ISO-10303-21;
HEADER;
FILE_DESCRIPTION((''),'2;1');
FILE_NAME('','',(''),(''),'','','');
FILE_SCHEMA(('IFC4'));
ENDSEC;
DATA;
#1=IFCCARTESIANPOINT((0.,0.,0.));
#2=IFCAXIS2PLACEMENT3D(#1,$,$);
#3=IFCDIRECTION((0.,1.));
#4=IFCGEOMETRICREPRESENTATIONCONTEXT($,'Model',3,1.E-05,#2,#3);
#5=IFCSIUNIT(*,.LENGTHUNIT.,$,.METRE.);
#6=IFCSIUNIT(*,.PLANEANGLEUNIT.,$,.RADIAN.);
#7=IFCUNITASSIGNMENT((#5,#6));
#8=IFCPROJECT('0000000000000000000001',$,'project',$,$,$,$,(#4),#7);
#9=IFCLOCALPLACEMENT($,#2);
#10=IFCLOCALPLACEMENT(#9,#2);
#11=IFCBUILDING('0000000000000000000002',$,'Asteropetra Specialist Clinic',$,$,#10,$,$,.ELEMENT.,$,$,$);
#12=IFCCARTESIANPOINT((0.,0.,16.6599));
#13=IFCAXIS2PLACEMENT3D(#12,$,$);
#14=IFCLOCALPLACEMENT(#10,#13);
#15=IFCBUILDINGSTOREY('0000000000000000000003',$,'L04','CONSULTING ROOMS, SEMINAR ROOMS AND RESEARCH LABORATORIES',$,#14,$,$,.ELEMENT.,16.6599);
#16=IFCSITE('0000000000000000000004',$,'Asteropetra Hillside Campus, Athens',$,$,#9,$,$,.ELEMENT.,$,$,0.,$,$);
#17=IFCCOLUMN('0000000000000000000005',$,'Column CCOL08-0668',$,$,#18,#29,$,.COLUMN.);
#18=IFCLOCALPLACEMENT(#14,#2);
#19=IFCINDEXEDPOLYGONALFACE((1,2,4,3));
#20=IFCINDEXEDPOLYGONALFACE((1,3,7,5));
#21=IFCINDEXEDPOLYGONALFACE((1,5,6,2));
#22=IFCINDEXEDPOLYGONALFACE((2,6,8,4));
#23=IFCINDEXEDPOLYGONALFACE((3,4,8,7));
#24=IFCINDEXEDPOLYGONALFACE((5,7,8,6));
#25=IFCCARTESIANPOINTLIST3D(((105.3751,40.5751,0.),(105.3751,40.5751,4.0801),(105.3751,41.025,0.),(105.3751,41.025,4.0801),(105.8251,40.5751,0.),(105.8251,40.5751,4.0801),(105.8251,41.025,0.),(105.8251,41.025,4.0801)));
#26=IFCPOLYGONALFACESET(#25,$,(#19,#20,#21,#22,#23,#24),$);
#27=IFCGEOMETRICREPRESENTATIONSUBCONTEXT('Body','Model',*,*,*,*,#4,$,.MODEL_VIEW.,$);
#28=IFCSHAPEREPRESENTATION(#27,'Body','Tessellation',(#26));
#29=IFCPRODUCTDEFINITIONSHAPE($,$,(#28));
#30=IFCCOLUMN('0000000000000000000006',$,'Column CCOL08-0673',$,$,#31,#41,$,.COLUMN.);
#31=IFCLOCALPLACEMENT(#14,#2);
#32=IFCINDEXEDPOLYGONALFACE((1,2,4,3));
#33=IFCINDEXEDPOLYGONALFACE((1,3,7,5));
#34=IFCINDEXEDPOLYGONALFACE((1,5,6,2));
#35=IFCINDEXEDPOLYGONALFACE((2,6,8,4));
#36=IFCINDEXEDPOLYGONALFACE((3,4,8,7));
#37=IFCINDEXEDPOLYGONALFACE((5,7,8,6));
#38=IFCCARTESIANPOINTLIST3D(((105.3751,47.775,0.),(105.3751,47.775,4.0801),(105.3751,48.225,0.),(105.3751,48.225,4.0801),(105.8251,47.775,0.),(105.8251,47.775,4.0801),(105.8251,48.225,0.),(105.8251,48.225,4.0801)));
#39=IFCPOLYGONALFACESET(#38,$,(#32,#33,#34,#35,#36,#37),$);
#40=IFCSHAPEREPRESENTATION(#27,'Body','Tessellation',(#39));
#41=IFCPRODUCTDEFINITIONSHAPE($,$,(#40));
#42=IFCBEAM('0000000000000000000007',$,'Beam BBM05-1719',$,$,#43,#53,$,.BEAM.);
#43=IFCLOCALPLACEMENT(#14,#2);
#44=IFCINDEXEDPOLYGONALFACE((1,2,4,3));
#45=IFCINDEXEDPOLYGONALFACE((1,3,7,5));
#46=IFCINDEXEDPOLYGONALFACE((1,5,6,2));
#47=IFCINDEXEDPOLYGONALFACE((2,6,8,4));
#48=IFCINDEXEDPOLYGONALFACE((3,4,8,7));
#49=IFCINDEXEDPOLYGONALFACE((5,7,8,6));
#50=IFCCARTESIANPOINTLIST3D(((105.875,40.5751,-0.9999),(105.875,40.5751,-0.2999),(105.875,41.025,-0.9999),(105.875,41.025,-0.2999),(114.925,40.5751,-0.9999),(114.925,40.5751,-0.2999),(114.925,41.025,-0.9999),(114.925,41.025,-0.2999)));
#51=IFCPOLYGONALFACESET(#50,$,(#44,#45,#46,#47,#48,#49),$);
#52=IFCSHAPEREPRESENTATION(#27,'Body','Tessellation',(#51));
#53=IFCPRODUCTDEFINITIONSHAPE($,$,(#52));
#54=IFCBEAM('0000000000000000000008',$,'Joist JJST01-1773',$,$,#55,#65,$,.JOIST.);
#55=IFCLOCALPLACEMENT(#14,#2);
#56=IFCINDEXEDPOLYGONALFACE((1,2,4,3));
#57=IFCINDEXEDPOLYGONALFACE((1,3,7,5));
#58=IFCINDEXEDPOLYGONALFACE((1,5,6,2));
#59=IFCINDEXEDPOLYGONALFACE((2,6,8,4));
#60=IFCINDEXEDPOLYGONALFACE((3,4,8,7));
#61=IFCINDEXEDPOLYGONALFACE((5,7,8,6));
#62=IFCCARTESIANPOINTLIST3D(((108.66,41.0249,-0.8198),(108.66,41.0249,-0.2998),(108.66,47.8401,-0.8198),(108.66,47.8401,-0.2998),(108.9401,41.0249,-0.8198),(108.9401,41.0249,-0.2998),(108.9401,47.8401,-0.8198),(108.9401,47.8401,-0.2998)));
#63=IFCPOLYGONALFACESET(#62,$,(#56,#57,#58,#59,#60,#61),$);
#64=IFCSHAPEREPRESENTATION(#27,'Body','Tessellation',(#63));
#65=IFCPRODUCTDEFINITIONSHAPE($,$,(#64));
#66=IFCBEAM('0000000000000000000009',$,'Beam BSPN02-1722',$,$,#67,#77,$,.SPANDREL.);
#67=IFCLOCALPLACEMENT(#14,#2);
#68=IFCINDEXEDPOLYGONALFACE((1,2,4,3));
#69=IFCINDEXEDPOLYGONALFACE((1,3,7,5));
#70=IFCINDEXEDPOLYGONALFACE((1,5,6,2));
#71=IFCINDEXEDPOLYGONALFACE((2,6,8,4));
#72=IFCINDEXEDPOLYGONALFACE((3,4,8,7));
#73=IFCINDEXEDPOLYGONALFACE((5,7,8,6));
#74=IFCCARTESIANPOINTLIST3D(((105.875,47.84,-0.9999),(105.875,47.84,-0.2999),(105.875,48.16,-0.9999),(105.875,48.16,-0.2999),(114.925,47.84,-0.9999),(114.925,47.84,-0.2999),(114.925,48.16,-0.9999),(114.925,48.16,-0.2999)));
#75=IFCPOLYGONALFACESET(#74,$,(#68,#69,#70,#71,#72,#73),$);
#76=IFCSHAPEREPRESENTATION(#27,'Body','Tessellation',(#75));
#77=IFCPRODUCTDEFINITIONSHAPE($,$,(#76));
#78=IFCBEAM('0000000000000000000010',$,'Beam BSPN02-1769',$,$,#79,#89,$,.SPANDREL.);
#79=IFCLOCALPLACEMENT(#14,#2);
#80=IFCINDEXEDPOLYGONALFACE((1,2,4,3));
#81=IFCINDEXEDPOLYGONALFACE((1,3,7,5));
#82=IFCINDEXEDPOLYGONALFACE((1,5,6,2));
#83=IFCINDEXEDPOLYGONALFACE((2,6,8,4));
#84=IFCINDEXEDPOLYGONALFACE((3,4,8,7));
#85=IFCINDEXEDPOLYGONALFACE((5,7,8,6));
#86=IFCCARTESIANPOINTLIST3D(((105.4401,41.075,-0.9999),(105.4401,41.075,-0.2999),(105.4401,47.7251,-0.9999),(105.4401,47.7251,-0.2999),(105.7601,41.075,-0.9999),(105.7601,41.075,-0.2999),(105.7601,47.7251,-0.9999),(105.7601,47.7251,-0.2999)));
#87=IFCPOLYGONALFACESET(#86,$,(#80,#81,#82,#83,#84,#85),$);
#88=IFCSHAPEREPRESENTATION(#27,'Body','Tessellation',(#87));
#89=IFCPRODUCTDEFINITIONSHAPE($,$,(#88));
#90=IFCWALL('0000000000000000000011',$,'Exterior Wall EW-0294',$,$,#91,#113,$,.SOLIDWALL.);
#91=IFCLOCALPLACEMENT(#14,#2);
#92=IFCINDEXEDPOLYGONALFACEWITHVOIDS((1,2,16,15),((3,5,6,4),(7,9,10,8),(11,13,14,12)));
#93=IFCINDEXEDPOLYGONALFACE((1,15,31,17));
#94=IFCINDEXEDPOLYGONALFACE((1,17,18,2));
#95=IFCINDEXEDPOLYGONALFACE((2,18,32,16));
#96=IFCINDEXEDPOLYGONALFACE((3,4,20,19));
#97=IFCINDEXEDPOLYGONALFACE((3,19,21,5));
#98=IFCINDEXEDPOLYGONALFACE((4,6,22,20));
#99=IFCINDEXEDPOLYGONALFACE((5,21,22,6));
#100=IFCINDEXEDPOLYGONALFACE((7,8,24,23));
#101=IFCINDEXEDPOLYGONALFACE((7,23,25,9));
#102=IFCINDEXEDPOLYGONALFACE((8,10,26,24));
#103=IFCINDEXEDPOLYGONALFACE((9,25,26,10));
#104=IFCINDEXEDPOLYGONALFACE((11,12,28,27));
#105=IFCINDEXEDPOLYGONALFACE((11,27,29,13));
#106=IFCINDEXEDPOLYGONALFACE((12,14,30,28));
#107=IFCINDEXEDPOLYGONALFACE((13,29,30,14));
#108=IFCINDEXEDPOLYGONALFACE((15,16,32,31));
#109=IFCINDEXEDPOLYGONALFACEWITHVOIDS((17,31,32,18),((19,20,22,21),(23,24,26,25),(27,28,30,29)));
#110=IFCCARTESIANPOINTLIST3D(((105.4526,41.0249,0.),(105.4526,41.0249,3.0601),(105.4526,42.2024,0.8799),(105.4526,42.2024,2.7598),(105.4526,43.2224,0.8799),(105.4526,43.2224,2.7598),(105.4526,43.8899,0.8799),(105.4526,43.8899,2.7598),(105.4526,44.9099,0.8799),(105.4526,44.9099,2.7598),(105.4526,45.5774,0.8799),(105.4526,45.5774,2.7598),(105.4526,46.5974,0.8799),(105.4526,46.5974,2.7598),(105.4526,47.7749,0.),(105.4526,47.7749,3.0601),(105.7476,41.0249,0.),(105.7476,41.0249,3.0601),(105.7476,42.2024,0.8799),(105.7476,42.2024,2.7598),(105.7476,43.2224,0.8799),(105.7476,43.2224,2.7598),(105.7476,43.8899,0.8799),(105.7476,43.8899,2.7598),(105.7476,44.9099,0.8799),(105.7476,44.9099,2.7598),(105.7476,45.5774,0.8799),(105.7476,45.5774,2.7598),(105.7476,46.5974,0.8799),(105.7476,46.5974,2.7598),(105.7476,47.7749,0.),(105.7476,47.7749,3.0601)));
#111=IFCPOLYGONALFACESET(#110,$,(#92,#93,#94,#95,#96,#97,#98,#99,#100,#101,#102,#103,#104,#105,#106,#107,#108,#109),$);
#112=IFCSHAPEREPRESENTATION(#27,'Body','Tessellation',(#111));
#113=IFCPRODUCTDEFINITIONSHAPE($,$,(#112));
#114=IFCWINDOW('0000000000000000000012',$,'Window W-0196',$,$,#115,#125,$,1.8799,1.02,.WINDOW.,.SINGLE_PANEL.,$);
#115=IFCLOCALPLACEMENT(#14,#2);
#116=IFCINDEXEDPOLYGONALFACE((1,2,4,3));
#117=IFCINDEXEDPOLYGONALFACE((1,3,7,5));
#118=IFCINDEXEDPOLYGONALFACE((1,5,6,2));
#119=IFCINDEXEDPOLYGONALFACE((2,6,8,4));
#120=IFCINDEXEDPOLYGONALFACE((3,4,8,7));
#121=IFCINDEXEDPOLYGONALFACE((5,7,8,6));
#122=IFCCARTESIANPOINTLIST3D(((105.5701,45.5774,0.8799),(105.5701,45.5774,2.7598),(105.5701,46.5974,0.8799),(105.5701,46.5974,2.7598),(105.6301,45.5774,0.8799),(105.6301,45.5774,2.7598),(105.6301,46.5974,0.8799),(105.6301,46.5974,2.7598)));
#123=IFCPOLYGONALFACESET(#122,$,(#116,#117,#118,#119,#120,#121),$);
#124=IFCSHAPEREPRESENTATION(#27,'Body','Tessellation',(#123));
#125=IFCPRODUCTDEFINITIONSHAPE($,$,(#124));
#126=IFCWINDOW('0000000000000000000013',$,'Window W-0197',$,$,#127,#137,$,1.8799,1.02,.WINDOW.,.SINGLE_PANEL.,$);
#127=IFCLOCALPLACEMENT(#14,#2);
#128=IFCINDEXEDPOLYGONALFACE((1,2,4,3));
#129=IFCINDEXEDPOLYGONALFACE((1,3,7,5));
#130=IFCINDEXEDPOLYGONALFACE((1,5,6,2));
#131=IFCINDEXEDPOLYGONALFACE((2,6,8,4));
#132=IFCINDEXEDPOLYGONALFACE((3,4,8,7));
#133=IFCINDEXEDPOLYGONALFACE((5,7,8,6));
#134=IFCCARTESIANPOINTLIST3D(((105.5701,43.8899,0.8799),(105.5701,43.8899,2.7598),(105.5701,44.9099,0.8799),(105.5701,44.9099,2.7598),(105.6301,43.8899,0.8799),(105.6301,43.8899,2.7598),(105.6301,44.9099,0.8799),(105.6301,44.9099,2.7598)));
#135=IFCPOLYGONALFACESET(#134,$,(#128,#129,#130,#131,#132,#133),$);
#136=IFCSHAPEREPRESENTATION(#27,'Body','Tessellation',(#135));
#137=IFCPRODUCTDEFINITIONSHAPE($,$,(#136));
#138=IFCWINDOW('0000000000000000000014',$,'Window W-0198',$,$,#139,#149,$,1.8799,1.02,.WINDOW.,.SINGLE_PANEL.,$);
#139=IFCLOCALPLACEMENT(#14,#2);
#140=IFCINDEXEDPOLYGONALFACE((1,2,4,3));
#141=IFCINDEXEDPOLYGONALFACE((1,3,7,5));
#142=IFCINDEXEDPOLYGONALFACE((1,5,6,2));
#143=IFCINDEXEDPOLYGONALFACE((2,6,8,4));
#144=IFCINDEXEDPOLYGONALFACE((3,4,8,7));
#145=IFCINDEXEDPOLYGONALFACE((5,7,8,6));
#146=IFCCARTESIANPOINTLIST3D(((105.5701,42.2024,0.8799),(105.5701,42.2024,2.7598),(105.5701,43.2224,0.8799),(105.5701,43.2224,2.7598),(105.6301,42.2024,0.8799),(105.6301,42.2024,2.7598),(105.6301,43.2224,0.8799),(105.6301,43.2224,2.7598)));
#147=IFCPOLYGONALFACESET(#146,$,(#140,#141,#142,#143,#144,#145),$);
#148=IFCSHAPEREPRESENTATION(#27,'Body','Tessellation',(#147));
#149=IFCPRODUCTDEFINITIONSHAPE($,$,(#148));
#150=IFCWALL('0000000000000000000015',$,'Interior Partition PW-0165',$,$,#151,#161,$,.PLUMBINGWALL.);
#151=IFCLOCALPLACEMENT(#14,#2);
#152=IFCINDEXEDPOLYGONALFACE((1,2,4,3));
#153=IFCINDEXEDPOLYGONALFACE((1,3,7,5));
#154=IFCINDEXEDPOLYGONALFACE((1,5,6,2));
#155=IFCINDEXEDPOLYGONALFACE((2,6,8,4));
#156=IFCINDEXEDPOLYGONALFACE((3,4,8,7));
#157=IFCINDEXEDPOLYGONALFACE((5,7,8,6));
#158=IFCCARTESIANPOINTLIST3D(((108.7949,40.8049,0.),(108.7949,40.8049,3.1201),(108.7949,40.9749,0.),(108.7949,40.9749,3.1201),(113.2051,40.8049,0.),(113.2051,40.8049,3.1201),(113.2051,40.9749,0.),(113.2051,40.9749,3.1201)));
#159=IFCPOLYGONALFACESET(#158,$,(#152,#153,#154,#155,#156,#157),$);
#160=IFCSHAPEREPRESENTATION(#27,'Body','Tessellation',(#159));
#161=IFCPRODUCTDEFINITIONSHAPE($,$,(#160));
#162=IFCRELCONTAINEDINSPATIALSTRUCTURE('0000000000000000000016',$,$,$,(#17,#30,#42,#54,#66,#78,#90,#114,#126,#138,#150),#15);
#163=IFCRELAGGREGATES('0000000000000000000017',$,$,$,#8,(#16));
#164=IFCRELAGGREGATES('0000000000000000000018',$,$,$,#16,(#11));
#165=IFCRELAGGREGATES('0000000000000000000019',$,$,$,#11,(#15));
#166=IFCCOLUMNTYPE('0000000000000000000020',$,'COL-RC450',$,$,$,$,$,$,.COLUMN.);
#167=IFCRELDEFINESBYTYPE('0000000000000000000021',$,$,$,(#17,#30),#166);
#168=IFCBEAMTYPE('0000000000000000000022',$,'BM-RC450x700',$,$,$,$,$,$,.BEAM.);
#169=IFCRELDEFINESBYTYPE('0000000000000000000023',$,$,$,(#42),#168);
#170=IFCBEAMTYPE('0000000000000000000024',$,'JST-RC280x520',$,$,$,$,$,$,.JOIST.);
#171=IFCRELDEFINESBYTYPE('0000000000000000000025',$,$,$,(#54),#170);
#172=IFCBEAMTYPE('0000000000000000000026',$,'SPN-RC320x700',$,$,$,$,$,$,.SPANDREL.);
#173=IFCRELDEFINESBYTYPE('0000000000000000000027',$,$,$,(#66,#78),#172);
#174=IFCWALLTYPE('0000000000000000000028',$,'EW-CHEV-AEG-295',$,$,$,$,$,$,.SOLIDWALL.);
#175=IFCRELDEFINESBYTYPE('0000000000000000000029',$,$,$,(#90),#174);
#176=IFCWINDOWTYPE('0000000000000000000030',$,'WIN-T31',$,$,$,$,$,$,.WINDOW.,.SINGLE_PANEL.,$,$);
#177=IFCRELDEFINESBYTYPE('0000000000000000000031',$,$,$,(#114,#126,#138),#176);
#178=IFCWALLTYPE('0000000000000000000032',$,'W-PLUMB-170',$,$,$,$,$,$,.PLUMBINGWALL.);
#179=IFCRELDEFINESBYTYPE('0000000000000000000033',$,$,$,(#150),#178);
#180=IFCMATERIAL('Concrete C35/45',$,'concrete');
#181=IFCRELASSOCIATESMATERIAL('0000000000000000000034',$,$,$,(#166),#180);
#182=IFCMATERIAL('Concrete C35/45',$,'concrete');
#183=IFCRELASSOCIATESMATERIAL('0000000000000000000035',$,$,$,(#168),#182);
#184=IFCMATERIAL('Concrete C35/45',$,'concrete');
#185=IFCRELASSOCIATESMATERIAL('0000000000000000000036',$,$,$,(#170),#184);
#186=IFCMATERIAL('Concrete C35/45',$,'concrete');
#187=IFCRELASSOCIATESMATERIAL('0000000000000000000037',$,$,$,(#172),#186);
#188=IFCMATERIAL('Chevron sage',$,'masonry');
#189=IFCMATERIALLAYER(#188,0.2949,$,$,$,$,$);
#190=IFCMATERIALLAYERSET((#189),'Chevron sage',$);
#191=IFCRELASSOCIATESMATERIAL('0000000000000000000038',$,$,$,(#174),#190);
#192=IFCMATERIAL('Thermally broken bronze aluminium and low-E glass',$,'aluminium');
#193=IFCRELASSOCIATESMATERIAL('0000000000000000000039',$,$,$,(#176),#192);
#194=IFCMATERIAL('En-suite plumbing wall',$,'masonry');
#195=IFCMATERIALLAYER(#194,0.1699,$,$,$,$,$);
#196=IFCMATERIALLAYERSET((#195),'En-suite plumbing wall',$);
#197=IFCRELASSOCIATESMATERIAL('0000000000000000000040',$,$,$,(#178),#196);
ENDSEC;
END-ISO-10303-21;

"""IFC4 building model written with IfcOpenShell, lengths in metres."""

from ifc_helpers import new_model, si_unit, direction, frame, frame_2d, origin, origin_2d, place, context, subcontext, project, spatial, rectangle, extrude, material, layer, layer_set, material_profile, profile_set, type_object, element, fill, save


model = new_model("IFC4")

# Units and contexts
model_context = context("Model", 3, precision=1e-05, world=origin(), true_north=direction((0.0, 1.0)))
body_context = subcontext(model_context, "Body", "Model", "MODEL_VIEW")
ifc_project = project(units=[si_unit("LENGTHUNIT", "METRE"), si_unit("PLANEANGLEUNIT", "RADIAN")], contexts=[model_context])

# Site, building, storey
site_placement = place(None, origin())
site = spatial("IfcSite", under=ifc_project, at=site_placement, Name="Asteropetra Hillside Campus, Athens", CompositionType="ELEMENT", RefElevation=0.0)
building_placement = place(site_placement, origin())
building = spatial("IfcBuilding", under=site, at=building_placement, Name="Asteropetra Specialist Clinic", CompositionType="ELEMENT")
storey_placement = place(building_placement, frame((0.0, 0.0, 16.6599)))
storey = spatial("IfcBuildingStorey", under=building, at=storey_placement, Name="L04", Description="CONSULTING ROOMS, SEMINAR ROOMS AND RESEARCH LABORATORIES", CompositionType="ELEMENT", Elevation=16.6599)

# Columns
ifc_material_1 = material(Name="Concrete C35/45", Category="concrete")
ifc_material_profile_1 = material_profile(ifc_material_1, rectangle(XDim=0.45, YDim=0.45, at=origin_2d()), Name="RC 450x450")
ifc_profile_set_1 = profile_set([ifc_material_profile_1], Name="Concrete C35/45")
column_type = type_object("IfcColumnType", Name="COL-RC450", PredefinedType="COLUMN", material=ifc_profile_set_1)
for number, where, z_axis, x_axis, name in (
    (1, (105.6001, 40.8, 0.0), (0.0, 0.0, 1.0), (1.0, 0.0, 0.0), "Column CCOL08-0668"),
    (2, (105.6001, 48.0, 0.0), (0.0, 0.0, 1.0), (1.0, 0.0, 0.0), "Column CCOL08-0673"),
):
    element("IfcColumn", number, at=place(storey_placement, frame(where, z_axis=z_axis, x_axis=x_axis)), inside=storey, type_object=column_type, Name=name, PredefinedType="COLUMN", context=body_context, shape_type="SweptSolid", body=[
        extrude(rectangle(XDim=0.45, YDim=0.45, at=origin_2d()), origin(), (0.0, 0.0, 1.0), 4.0801),
    ])

# Beams
ifc_material_2 = material(Name="Concrete C35/45", Category="concrete")
ifc_material_profile_2 = material_profile(ifc_material_2, rectangle(XDim=0.45, YDim=0.7, at=origin_2d()), Name="RCB 450x700")
ifc_profile_set_2 = profile_set([ifc_material_profile_2], Name="Concrete C35/45")
beam_type_1 = type_object("IfcBeamType", Name="BM-RC450x700", PredefinedType="BEAM", material=ifc_profile_set_2)
beam_1_placement = place(storey_placement, frame((105.875, 40.8, -0.6499), z_axis=(1.0, 0.0, 0.0), x_axis=(0.0, 1.0, 0.0)))
element("IfcBeam", 3, at=beam_1_placement, inside=storey, type_object=beam_type_1, Name="Beam BBM05-1719", PredefinedType="BEAM", context=body_context, shape_type="SweptSolid", body=[
    extrude(rectangle(XDim=0.45, YDim=0.7, at=origin_2d()), origin(), (0.0, 0.0, 1.0), 9.05),
])
ifc_material_3 = material(Name="Concrete C35/45", Category="concrete")
ifc_material_profile_3 = material_profile(ifc_material_3, rectangle(XDim=0.28, YDim=0.52, at=origin_2d()), Name="RCJ 280x520")
ifc_profile_set_3 = profile_set([ifc_material_profile_3], Name="Concrete C35/45")
beam_type_2 = type_object("IfcBeamType", Name="JST-RC280x520", PredefinedType="JOIST", material=ifc_profile_set_3)
beam_2_placement = place(storey_placement, frame((108.8, 41.0249, -0.5598), z_axis=(0.0, 1.0, 0.0), x_axis=(-1.0, 0.0, 0.0)))
element("IfcBeam", 4, at=beam_2_placement, inside=storey, type_object=beam_type_2, Name="Joist JJST01-1773", PredefinedType="JOIST", context=body_context, shape_type="SweptSolid", body=[
    extrude(rectangle(XDim=0.28, YDim=0.52, at=origin_2d()), origin(), (0.0, 0.0, 1.0), 6.8152),
])
ifc_material_4 = material(Name="Concrete C35/45", Category="concrete")
ifc_material_profile_4 = material_profile(ifc_material_4, rectangle(XDim=0.3201, YDim=0.7, at=origin_2d()), Name="RCS 320x700")
ifc_profile_set_4 = profile_set([ifc_material_profile_4], Name="Concrete C35/45")
beam_type_3 = type_object("IfcBeamType", Name="SPN-RC320x700", PredefinedType="SPANDREL", material=ifc_profile_set_4)
beam_3_placement = place(storey_placement, frame((105.875, 48.0, -0.6499), z_axis=(1.0, 0.0, 0.0), x_axis=(0.0, 1.0, 0.0)))
element("IfcBeam", 5, at=beam_3_placement, inside=storey, type_object=beam_type_3, Name="Beam BSPN02-1722", PredefinedType="SPANDREL", context=body_context, shape_type="SweptSolid", body=[
    extrude(rectangle(XDim=0.3201, YDim=0.7, at=origin_2d()), origin(), (0.0, 0.0, 1.0), 9.05),
])
beam_4_placement = place(storey_placement, frame((105.6001, 41.075, -0.6499), z_axis=(0.0, 1.0, 0.0), x_axis=(-1.0, 0.0, 0.0)))
element("IfcBeam", 6, at=beam_4_placement, inside=storey, type_object=beam_type_3, Name="Beam BSPN02-1769", PredefinedType="SPANDREL", context=body_context, shape_type="SweptSolid", body=[
    extrude(rectangle(XDim=0.3201, YDim=0.7, at=origin_2d()), origin(), (0.0, 0.0, 1.0), 6.6501),
])

# Wall, openings, windows
ifc_material_5 = material(Name="Chevron sage", Category="masonry")
ifc_layer_1 = layer(ifc_material_5, 0.2949)
ifc_layer_set_1 = layer_set([ifc_layer_1], Name="Chevron sage")
wall_type_1 = type_object("IfcWallType", Name="EW-CHEV-AEG-295", PredefinedType="SOLIDWALL", material=ifc_layer_set_1)
wall_1_placement = place(storey_placement, frame((105.6001, 47.7749, 0.0), z_axis=(0.0, 0.0, 1.0), x_axis=(0.0, -1.0, 0.0)))
wall_1 = element("IfcWall", 7, at=wall_1_placement, inside=storey, type_object=wall_type_1, Name="Exterior Wall EW-0294", PredefinedType="SOLIDWALL", context=body_context, shape_type="SweptSolid", body=[
    extrude(rectangle(XDim=6.75, YDim=0.2949, at=frame_2d((3.375, 0.0))), origin(), (0.0, 0.0, 1.0), 3.0601),
])
opening_1_placement = place(wall_1_placement, frame((1.1775, 0.0, 0.8799)))
opening_1 = element("IfcOpeningElement", 8, at=opening_1_placement, cuts=wall_1, PredefinedType="OPENING", context=body_context, shape_type="SweptSolid", body=[
    extrude(rectangle(XDim=1.02, YDim=1.8799, at=frame_2d((0.51, 0.9399))), frame((0.0, 0.1575, 0.0), z_axis=(0.0, -1.0, 0.0), x_axis=(1.0, 0.0, 0.0)), (0.0, 0.0, 1.0), 0.3149),
])
opening_2_placement = place(wall_1_placement, frame((2.865, 0.0, 0.8799)))
opening_2 = element("IfcOpeningElement", 9, at=opening_2_placement, cuts=wall_1, PredefinedType="OPENING", context=body_context, shape_type="SweptSolid", body=[
    extrude(rectangle(XDim=1.02, YDim=1.8799, at=frame_2d((0.51, 0.9399))), frame((0.0, 0.1575, 0.0), z_axis=(0.0, -1.0, 0.0), x_axis=(1.0, 0.0, 0.0)), (0.0, 0.0, 1.0), 0.3149),
])
opening_3_placement = place(wall_1_placement, frame((4.5525, 0.0, 0.8799)))
opening_3 = element("IfcOpeningElement", 10, at=opening_3_placement, cuts=wall_1, PredefinedType="OPENING", context=body_context, shape_type="SweptSolid", body=[
    extrude(rectangle(XDim=1.02, YDim=1.8799, at=frame_2d((0.51, 0.9399))), frame((0.0, 0.1575, 0.0), z_axis=(0.0, -1.0, 0.0), x_axis=(1.0, 0.0, 0.0)), (0.0, 0.0, 1.0), 0.3149),
])
ifc_material_6 = material(Name="Thermally broken bronze aluminium and low-E glass", Category="aluminium")
window_type = type_object("IfcWindowType", Name="WIN-T31", PartitioningType="SINGLE_PANEL", PredefinedType="WINDOW", material=ifc_material_6)
window_1_placement = place(opening_1_placement, origin())
window_1 = element("IfcWindow", 11, at=window_1_placement, inside=storey, type_object=window_type, Name="Window W-0196", OverallHeight=1.8799, OverallWidth=1.02, PartitioningType="SINGLE_PANEL", PredefinedType="WINDOW", context=body_context, shape_type="SweptSolid", body=[
    extrude(rectangle(XDim=1.02, YDim=1.8799, at=frame_2d((0.51, 0.9399))), frame((0.0, 0.03, 0.0), z_axis=(0.0, -1.0, 0.0), x_axis=(1.0, 0.0, 0.0)), (0.0, 0.0, 1.0), 0.0601),
])
fill(opening_1, window_1)
window_2_placement = place(opening_2_placement, origin())
window_2 = element("IfcWindow", 12, at=window_2_placement, inside=storey, type_object=window_type, Name="Window W-0197", OverallHeight=1.8799, OverallWidth=1.02, PartitioningType="SINGLE_PANEL", PredefinedType="WINDOW", context=body_context, shape_type="SweptSolid", body=[
    extrude(rectangle(XDim=1.02, YDim=1.8799, at=frame_2d((0.51, 0.9399))), frame((0.0, 0.03, 0.0), z_axis=(0.0, -1.0, 0.0), x_axis=(1.0, 0.0, 0.0)), (0.0, 0.0, 1.0), 0.0601),
])
fill(opening_2, window_2)
window_3_placement = place(opening_3_placement, origin())
window_3 = element("IfcWindow", 13, at=window_3_placement, inside=storey, type_object=window_type, Name="Window W-0198", OverallHeight=1.8799, OverallWidth=1.02, PartitioningType="SINGLE_PANEL", PredefinedType="WINDOW", context=body_context, shape_type="SweptSolid", body=[
    extrude(rectangle(XDim=1.02, YDim=1.8799, at=frame_2d((0.51, 0.9399))), frame((0.0, 0.03, 0.0), z_axis=(0.0, -1.0, 0.0), x_axis=(1.0, 0.0, 0.0)), (0.0, 0.0, 1.0), 0.0601),
])
fill(opening_3, window_3)

# Wall
ifc_material_7 = material(Name="En-suite plumbing wall", Category="masonry")
ifc_layer_2 = layer(ifc_material_7, 0.1699)
ifc_layer_set_2 = layer_set([ifc_layer_2], Name="En-suite plumbing wall")
wall_type_2 = type_object("IfcWallType", Name="W-PLUMB-170", PredefinedType="PLUMBINGWALL", material=ifc_layer_set_2)
wall_2_placement = place(storey_placement, frame((108.7949, 40.8899, 0.0), z_axis=(0.0, 0.0, 1.0), x_axis=(1.0, 0.0, 0.0)))
element("IfcWall", 14, at=wall_2_placement, inside=storey, type_object=wall_type_2, Name="Interior Partition PW-0165", PredefinedType="PLUMBINGWALL", context=body_context, shape_type="SweptSolid", body=[
    extrude(rectangle(XDim=4.4102, YDim=0.1699, at=frame_2d((2.2051, 0.0))), origin(), (0.0, 0.0, 1.0), 3.1201),
])

save(model, "model.ifc")
